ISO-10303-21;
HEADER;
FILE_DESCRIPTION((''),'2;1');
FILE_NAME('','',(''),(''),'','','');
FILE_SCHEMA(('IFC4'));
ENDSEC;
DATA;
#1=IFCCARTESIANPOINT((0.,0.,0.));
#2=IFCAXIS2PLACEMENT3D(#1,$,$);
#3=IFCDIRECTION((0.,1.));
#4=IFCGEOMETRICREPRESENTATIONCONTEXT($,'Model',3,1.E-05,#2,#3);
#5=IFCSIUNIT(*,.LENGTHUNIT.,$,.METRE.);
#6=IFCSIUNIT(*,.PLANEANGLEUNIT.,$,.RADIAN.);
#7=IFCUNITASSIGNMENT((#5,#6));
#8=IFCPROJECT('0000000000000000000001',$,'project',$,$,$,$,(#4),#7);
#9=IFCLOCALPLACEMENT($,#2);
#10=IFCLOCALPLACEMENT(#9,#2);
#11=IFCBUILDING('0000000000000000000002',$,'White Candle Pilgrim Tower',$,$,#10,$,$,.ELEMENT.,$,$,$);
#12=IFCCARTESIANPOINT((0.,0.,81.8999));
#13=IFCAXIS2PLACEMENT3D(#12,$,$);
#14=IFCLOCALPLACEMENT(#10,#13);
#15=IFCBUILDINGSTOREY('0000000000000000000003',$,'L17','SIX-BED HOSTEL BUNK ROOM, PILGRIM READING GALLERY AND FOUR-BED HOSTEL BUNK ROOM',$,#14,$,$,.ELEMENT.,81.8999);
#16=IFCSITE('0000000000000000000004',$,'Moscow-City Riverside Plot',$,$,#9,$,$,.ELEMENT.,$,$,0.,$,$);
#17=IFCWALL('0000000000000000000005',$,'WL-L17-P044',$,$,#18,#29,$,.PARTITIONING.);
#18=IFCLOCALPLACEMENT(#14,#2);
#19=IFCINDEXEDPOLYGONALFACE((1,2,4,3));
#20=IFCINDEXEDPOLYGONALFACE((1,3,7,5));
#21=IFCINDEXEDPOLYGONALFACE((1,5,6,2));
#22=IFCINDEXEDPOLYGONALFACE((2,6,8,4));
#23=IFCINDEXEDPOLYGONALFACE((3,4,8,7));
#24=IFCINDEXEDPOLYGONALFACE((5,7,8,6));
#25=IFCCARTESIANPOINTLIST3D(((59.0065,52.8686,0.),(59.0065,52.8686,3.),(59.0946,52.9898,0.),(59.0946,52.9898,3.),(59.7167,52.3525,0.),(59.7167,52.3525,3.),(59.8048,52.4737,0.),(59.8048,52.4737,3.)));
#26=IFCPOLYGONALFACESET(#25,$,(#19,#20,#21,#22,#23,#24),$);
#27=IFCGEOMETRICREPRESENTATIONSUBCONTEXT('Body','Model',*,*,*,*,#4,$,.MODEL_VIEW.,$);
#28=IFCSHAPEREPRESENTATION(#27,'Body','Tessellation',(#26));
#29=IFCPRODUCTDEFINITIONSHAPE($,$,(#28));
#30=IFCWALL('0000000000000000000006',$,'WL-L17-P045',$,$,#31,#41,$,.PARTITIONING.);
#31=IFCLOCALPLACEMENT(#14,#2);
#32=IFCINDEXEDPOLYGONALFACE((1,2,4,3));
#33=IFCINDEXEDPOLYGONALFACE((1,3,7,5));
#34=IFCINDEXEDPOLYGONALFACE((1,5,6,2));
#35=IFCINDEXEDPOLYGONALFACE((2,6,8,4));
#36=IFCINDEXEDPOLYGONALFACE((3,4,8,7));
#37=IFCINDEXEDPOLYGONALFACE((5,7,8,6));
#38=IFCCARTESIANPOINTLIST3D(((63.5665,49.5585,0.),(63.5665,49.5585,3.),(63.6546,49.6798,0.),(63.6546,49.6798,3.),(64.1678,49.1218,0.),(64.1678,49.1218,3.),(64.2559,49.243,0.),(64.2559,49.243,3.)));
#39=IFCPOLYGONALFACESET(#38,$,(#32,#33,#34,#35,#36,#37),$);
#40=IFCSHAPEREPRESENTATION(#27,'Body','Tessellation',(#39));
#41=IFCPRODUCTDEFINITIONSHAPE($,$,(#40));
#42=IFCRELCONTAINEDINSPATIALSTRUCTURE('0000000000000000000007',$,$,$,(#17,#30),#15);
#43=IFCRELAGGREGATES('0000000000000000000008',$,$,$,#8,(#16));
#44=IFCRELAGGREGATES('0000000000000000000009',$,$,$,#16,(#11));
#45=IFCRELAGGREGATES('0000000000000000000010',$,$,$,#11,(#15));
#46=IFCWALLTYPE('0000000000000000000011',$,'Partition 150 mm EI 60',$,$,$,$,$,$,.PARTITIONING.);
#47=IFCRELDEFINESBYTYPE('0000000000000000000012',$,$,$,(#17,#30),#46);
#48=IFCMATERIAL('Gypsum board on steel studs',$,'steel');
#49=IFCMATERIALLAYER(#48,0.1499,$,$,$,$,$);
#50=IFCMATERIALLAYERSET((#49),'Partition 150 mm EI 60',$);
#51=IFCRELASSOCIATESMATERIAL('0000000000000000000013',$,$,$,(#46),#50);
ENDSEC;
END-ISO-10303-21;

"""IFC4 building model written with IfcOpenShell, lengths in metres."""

from ifc_helpers import new_model, si_unit, direction, frame, frame_2d, origin, place, context, subcontext, project, spatial, rectangle, extrude, material, layer, layer_set, type_object, element, save


model = new_model("IFC4")

# Units and contexts
model_context = context("Model", 3, precision=1e-05, world=origin(), true_north=direction((0.0, 1.0)))
body_context = subcontext(model_context, "Body", "Model", "MODEL_VIEW")
ifc_project = project(units=[si_unit("LENGTHUNIT", "METRE"), si_unit("PLANEANGLEUNIT", "RADIAN")], contexts=[model_context])

# Site, building, storey
site_placement = place(None, origin())
site = spatial("IfcSite", under=ifc_project, at=site_placement, Name="Moscow-City Riverside Plot", CompositionType="ELEMENT", RefElevation=0.0)
building_placement = place(site_placement, origin())
building = spatial("IfcBuilding", under=site, at=building_placement, Name="White Candle Pilgrim Tower", CompositionType="ELEMENT")
storey_placement = place(building_placement, frame((0.0, 0.0, 81.8999)))
storey = spatial("IfcBuildingStorey", under=building, at=storey_placement, Name="L17", Description="SIX-BED HOSTEL BUNK ROOM, PILGRIM READING GALLERY AND FOUR-BED HOSTEL BUNK ROOM", CompositionType="ELEMENT", Elevation=81.8999)

# Shared definitions
ifc_material_1 = material(Name="Gypsum board on steel studs", Category="steel")

# Shared definitions
ifc_layer_1 = layer(ifc_material_1, 0.1499)
ifc_layer_set_1 = layer_set([ifc_layer_1], Name="Partition 150 mm EI 60")
wall_type_1 = type_object("IfcWallType", Name="Partition 150 mm EI 60", PredefinedType="PARTITIONING", material=ifc_layer_set_1)

# Walls
wall_1_placement = place(storey_placement, frame((59.0505, 52.9292, 0.0), z_axis=(0.0, 0.0, 1.0), x_axis=(0.808952, -0.587874, 0.0)))
element("IfcWall", 1, at=wall_1_placement, inside=storey, type_object=wall_type_1, Name="WL-L17-P044", PredefinedType="PARTITIONING", context=body_context, shape_type="SweptSolid", body=[
    extrude(rectangle(XDim=0.8779, YDim=0.1499, at=frame_2d((0.439, 0.0))), origin(), (0.0, 0.0, 1.0), 3.0),
])
wall_2_placement = place(storey_placement, frame((63.6106, 49.6191, 0.0), z_axis=(0.0, 0.0, 1.0), x_axis=(0.809091, -0.587683, 0.0)))
element("IfcWall", 2, at=wall_2_placement, inside=storey, type_object=wall_type_1, Name="WL-L17-P045", PredefinedType="PARTITIONING", context=body_context, shape_type="SweptSolid", body=[
    extrude(rectangle(XDim=0.7432, YDim=0.1499, at=frame_2d((0.3716, 0.0))), origin(), (0.0, 0.0, 1.0), 3.0),
])

save(model, "model.ifc")
